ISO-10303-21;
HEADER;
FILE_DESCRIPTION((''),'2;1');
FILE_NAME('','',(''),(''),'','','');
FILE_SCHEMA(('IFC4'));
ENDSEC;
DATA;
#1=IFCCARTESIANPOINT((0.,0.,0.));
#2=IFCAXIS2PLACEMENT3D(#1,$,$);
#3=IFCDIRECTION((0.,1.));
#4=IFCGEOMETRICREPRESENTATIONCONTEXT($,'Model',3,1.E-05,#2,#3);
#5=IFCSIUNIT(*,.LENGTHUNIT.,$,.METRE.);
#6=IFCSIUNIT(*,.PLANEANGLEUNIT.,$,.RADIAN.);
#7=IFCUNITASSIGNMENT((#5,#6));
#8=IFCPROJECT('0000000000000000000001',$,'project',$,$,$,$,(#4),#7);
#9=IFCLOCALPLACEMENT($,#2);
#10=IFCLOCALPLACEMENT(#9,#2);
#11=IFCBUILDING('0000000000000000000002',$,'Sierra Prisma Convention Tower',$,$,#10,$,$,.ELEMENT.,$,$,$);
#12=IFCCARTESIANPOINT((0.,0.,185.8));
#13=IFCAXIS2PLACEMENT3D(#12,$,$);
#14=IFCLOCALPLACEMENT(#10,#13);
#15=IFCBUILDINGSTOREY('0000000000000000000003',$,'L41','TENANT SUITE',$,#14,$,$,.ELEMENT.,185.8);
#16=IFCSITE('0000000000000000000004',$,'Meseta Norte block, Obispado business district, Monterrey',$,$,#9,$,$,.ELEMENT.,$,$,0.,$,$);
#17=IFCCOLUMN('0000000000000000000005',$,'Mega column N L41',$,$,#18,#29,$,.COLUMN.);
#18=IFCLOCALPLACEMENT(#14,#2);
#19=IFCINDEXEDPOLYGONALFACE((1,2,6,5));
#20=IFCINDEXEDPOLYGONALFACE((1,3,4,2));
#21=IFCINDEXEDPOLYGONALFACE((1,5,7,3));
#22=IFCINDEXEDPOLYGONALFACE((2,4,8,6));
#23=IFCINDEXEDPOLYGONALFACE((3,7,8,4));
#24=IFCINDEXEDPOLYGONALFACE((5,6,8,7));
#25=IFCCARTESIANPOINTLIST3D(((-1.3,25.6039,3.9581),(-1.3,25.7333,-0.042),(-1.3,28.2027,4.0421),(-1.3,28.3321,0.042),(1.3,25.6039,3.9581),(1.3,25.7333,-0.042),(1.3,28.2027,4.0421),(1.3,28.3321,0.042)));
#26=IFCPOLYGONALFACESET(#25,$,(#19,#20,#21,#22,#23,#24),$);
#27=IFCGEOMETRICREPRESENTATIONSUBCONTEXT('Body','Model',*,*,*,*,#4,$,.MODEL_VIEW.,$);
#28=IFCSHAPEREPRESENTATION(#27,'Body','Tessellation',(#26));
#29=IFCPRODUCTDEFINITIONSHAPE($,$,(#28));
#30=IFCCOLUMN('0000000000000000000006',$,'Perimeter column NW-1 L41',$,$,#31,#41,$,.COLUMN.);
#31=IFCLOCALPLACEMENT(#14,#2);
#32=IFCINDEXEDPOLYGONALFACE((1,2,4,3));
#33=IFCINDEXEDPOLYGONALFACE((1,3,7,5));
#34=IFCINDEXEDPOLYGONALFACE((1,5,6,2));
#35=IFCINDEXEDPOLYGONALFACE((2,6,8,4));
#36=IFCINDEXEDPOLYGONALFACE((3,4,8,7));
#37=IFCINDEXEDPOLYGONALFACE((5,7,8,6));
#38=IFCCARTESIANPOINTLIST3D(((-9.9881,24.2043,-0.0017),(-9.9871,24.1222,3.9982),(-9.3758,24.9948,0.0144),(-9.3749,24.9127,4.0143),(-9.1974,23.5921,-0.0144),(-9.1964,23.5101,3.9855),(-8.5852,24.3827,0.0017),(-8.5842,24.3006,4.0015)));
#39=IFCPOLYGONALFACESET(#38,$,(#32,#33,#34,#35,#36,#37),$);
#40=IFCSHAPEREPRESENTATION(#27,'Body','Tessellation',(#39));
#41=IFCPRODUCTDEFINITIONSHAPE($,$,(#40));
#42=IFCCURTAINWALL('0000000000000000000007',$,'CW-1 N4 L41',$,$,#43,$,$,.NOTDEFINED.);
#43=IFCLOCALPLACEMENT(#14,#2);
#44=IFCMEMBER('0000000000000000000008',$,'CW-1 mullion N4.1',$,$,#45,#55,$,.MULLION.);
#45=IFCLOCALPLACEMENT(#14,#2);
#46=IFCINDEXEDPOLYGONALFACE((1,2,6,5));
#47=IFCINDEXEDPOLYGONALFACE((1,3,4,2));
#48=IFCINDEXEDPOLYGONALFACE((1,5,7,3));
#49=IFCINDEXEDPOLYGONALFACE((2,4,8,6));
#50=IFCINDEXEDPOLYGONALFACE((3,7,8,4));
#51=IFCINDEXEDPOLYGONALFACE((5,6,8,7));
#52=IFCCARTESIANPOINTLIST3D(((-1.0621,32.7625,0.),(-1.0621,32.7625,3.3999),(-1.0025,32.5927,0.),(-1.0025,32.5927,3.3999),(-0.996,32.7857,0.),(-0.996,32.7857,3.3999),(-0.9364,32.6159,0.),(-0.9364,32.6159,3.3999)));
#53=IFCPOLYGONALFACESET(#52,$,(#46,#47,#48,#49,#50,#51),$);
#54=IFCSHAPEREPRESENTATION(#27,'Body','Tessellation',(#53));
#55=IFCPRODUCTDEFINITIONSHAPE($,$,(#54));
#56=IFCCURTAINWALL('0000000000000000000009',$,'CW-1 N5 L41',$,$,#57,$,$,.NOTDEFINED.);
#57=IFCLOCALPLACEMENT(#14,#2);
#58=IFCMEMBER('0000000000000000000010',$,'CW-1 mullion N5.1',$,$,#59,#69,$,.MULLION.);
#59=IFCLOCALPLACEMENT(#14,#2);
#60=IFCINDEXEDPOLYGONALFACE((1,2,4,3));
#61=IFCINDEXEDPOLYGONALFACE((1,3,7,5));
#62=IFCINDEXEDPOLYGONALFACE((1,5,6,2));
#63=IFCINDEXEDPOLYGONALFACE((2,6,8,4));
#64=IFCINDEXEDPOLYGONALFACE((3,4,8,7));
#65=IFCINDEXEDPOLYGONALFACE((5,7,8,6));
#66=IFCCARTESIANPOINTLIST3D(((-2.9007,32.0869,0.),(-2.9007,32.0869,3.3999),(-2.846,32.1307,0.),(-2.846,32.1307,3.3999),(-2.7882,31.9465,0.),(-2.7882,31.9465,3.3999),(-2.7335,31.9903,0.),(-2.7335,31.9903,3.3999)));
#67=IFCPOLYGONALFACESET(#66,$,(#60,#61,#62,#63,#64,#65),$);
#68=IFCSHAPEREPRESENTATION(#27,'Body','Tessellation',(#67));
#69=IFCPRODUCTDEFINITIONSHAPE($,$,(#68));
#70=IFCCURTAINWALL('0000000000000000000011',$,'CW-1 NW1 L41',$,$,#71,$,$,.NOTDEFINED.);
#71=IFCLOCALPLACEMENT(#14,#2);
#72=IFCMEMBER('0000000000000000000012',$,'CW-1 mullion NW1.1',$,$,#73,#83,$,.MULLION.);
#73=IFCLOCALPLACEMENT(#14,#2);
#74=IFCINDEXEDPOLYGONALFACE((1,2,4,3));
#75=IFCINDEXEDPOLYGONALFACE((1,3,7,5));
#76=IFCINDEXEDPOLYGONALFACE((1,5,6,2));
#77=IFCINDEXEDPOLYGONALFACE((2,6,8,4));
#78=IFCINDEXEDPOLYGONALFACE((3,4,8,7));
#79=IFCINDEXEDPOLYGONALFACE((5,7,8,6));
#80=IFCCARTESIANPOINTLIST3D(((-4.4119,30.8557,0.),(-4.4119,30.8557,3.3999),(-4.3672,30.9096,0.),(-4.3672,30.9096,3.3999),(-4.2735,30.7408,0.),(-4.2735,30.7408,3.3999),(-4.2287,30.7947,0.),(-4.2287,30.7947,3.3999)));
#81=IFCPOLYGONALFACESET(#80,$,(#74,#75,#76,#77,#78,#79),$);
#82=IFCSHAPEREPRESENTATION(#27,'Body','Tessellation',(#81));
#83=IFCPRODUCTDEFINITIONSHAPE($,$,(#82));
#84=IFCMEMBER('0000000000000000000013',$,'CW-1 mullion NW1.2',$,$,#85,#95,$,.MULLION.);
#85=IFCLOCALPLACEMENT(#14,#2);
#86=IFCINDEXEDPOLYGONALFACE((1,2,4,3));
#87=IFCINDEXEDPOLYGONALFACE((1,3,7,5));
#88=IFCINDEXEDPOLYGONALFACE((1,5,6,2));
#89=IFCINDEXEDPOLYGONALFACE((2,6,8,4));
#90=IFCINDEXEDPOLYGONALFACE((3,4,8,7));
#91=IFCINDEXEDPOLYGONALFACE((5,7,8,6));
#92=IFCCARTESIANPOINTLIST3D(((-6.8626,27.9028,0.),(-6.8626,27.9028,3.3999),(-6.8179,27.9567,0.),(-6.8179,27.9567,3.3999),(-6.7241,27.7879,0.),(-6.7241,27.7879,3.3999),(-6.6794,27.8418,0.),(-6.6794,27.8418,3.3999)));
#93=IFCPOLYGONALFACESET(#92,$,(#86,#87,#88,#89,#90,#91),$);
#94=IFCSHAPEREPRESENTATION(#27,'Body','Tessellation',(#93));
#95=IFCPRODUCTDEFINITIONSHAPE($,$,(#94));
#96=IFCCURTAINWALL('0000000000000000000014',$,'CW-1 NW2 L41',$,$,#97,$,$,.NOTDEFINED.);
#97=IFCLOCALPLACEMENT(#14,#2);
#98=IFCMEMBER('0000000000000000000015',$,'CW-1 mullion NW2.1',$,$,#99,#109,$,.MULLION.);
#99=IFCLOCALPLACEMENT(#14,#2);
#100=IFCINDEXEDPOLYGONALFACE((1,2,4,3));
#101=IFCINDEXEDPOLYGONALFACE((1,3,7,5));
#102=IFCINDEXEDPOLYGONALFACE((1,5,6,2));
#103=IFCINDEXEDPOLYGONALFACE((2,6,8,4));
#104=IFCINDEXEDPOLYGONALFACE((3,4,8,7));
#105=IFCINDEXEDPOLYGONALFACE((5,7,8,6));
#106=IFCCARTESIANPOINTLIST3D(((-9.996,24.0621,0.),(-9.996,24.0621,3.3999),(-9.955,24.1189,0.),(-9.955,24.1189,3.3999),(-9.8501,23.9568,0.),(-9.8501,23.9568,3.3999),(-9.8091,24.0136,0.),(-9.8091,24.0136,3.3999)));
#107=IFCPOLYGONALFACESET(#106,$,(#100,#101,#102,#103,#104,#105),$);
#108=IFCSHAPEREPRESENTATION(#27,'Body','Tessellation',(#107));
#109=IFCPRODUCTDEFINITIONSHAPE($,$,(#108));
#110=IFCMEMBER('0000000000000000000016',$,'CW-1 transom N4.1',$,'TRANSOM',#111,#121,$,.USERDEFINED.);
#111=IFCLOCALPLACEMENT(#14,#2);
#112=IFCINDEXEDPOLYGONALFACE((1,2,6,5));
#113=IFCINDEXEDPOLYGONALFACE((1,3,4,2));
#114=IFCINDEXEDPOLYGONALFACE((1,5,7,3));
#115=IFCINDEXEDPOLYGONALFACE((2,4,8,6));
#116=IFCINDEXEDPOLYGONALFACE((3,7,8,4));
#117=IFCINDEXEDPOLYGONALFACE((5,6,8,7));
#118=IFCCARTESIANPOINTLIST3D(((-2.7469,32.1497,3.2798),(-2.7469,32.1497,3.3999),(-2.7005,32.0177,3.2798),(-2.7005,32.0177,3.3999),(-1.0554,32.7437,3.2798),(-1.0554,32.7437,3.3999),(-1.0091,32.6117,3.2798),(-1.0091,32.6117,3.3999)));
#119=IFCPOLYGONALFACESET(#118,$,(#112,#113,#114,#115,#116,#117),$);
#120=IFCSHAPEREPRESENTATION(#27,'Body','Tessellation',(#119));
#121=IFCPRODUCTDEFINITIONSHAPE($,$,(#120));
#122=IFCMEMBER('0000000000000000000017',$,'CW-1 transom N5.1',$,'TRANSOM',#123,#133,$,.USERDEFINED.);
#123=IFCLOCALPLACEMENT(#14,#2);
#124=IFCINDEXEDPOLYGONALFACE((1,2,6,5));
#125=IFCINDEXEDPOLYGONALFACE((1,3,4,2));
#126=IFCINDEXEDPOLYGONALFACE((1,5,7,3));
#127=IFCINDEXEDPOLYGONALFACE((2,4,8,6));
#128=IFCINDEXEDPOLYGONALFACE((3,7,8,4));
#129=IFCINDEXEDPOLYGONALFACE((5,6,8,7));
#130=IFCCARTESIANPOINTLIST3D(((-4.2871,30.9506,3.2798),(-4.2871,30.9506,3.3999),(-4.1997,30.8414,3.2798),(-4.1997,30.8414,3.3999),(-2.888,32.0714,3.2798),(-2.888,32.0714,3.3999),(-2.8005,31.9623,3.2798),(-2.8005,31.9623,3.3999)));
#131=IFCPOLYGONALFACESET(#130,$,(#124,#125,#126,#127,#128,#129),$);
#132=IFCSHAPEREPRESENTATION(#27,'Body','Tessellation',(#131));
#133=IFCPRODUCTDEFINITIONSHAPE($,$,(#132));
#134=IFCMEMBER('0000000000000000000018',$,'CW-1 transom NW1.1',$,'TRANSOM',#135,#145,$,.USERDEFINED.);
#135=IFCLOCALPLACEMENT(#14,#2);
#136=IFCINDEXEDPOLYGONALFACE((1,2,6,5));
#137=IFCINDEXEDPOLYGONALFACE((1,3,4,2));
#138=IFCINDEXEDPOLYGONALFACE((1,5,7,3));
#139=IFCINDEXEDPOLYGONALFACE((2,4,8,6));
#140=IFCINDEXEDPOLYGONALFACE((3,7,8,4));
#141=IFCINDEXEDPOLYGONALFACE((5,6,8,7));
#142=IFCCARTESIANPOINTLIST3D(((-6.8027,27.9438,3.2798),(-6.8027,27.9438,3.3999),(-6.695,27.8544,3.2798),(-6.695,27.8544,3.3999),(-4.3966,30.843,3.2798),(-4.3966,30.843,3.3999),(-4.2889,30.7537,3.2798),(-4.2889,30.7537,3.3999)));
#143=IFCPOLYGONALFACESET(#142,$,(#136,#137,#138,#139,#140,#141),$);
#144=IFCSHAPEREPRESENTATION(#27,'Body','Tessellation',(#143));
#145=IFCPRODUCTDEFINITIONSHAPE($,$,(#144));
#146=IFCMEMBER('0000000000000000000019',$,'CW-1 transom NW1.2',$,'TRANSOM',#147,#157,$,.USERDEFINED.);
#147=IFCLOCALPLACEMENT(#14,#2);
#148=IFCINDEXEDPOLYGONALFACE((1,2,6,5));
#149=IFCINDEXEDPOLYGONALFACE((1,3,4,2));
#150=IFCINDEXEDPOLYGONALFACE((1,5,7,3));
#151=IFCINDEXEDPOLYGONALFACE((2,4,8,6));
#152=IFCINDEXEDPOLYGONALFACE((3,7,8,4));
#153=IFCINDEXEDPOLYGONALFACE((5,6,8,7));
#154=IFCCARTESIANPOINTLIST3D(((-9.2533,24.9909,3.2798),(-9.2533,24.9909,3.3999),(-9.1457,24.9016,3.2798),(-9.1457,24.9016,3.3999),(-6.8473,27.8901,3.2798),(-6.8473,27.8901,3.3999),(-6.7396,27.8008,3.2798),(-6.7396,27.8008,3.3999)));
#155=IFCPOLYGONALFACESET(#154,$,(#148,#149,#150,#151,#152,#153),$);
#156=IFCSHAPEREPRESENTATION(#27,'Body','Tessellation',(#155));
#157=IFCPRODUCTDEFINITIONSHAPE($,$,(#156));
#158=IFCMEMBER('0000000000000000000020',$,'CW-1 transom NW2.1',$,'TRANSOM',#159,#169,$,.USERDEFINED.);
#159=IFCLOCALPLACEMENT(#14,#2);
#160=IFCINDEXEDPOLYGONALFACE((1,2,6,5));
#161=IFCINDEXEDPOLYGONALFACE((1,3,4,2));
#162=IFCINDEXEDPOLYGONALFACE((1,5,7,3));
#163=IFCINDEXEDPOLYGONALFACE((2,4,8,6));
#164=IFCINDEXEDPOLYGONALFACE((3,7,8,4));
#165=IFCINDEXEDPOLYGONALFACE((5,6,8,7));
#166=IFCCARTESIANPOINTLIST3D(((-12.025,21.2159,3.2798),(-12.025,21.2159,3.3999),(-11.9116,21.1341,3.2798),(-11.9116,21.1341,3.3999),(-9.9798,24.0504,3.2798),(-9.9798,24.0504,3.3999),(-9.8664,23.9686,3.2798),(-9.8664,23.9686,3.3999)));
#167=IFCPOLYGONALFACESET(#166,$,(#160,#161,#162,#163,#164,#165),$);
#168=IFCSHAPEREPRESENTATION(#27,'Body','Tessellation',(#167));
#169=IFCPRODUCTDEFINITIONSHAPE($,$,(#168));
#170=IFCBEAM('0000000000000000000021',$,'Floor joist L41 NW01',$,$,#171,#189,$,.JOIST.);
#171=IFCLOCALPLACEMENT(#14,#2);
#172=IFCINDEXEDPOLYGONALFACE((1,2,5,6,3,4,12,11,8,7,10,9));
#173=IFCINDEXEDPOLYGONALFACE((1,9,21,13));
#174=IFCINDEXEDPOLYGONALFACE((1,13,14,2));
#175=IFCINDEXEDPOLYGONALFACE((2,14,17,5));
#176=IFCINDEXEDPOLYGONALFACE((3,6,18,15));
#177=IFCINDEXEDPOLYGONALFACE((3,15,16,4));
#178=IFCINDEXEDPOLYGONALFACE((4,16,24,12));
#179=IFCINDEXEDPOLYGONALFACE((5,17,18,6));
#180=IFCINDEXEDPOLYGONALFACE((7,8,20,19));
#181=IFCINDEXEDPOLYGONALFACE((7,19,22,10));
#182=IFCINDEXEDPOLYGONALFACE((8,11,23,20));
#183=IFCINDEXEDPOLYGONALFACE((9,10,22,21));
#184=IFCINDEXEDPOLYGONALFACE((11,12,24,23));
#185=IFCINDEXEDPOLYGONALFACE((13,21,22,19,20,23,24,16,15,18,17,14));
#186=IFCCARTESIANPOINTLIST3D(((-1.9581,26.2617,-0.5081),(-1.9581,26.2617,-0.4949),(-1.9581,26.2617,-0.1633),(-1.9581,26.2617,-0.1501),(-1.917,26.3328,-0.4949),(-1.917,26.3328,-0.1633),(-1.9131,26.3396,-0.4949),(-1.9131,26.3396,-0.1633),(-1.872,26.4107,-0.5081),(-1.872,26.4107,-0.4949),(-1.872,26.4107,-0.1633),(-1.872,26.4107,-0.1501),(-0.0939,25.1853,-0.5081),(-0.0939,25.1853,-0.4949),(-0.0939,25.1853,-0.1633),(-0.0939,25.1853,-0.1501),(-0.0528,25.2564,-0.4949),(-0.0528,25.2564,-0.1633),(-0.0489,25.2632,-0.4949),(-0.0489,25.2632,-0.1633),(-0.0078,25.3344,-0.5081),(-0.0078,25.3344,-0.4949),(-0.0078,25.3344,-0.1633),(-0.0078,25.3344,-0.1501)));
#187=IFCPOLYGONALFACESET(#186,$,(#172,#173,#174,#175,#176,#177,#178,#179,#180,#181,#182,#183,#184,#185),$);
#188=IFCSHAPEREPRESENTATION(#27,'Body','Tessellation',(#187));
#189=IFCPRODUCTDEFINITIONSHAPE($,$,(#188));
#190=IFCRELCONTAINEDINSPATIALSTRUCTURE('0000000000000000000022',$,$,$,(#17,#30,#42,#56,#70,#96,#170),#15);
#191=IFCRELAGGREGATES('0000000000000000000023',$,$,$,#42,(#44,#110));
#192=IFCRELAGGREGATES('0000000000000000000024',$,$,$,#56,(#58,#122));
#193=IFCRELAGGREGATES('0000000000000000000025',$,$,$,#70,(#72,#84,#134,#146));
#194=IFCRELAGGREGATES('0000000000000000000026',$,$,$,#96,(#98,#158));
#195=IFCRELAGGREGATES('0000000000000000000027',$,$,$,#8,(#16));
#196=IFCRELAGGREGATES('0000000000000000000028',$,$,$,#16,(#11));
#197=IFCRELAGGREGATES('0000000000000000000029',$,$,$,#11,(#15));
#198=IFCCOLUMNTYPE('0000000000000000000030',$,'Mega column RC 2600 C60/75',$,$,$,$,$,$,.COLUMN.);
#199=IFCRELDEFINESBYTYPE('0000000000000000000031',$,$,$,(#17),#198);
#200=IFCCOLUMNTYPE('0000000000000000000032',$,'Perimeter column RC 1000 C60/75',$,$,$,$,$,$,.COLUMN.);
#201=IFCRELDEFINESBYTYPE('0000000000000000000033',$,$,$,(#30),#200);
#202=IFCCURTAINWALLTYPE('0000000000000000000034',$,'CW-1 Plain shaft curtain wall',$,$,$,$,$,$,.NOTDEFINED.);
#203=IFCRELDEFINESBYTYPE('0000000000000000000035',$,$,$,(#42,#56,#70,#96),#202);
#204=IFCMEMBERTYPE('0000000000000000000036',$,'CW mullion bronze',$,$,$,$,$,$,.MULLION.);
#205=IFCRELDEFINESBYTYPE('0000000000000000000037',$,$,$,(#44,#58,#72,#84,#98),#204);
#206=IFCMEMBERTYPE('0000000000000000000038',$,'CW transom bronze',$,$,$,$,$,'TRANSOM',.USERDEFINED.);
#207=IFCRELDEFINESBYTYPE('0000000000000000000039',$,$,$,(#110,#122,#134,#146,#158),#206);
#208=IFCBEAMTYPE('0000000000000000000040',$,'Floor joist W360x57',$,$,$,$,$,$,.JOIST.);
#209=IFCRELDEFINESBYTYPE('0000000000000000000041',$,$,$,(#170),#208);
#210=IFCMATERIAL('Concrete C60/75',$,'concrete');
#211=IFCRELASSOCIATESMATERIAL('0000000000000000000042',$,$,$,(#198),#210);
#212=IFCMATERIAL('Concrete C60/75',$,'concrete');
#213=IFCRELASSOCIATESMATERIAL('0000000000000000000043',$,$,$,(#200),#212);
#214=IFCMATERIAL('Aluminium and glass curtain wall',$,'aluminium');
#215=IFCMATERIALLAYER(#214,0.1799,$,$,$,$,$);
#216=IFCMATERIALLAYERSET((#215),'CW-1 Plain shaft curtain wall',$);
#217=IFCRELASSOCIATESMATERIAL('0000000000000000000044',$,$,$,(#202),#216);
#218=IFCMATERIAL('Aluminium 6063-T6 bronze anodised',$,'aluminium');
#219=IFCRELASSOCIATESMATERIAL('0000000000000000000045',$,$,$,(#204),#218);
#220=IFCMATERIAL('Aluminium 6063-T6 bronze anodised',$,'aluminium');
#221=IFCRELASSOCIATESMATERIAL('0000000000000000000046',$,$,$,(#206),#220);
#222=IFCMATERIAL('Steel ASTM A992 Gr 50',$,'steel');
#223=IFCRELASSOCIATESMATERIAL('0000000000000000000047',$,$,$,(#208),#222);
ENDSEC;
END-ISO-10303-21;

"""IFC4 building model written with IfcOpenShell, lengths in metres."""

from ifc_helpers import new_model, si_unit, direction, frame, origin, origin_2d, place, context, subcontext, project, spatial, rectangle, i_section, extrude, material, layer, layer_set, material_profile, profile_set, type_object, element, aggregate, save


model = new_model("IFC4")

# Units and contexts
model_context = context("Model", 3, precision=1e-05, world=origin(), true_north=direction((0.0, 1.0)))
body_context = subcontext(model_context, "Body", "Model", "MODEL_VIEW")
ifc_project = project(units=[si_unit("LENGTHUNIT", "METRE"), si_unit("PLANEANGLEUNIT", "RADIAN")], contexts=[model_context])

# Site, building, storey
site_placement = place(None, origin())
site = spatial("IfcSite", under=ifc_project, at=site_placement, Name="Meseta Norte block, Obispado business district, Monterrey", CompositionType="ELEMENT", RefElevation=0.0)
building_placement = place(site_placement, origin())
building = spatial("IfcBuilding", under=site, at=building_placement, Name="Sierra Prisma Convention Tower", CompositionType="ELEMENT")
storey_placement = place(building_placement, frame((0.0, 0.0, 185.8)))
storey = spatial("IfcBuildingStorey", under=building, at=storey_placement, Name="L41", Description="TENANT SUITE", CompositionType="ELEMENT", Elevation=185.8)

# Columns
ifc_material_1 = material(Name="Concrete C60/75", Category="concrete")
ifc_material_profile_1 = material_profile(ifc_material_1, rectangle(XDim=2.6001, YDim=2.6001, at=origin_2d()), Name="Mega column RC 2600 C60/75")
ifc_profile_set_1 = profile_set([ifc_material_profile_1], Name="Concrete C60/75")
column_type_1 = type_object("IfcColumnType", Name="Mega column RC 2600 C60/75", PredefinedType="COLUMN", material=ifc_profile_set_1)
column_1_placement = place(storey_placement, frame((0.0, 27.0327, 0.0), z_axis=(0.0, -0.032332, 0.999477), x_axis=(1.0, 0.0, 0.0)))
element("IfcColumn", 1, at=column_1_placement, inside=storey, type_object=column_type_1, Name="Mega column N L41", PredefinedType="COLUMN", context=body_context, shape_type="SweptSolid", body=[
    extrude(rectangle(XDim=2.6001, YDim=2.6001, at=origin_2d()), origin(), (0.0, 0.0, 1.0), 4.0022),
])
ifc_material_2 = material(Name="Concrete C60/75", Category="concrete")
ifc_material_profile_2 = material_profile(ifc_material_2, rectangle(XDim=1.0, YDim=1.0, at=origin_2d()), Name="Perimeter column RC 1000 C60/75")
ifc_profile_set_2 = profile_set([ifc_material_profile_2], Name="Concrete C60/75")
column_type_2 = type_object("IfcColumnType", Name="Perimeter column RC 1000 C60/75", PredefinedType="COLUMN", material=ifc_profile_set_2)
column_2_placement = place(storey_placement, frame((-9.2866, 24.2935, 0.0), z_axis=(0.000244, -0.020504, 0.99979), x_axis=(0.612242, 0.790507, 0.016062)))
element("IfcColumn", 2, at=column_2_placement, inside=storey, type_object=column_type_2, Name="Perimeter column NW-1 L41", PredefinedType="COLUMN", context=body_context, shape_type="SweptSolid", body=[
    extrude(rectangle(XDim=1.0, YDim=1.0, at=origin_2d()), origin(), (0.0, 0.0, 1.0), 4.0007),
])

# Curtain walls, members
ifc_material_3 = material(Name="Aluminium and glass curtain wall", Category="aluminium")
ifc_layer_1 = layer(ifc_material_3, 0.1799)
ifc_layer_set_1 = layer_set([ifc_layer_1], Name="CW-1 Plain shaft curtain wall")
curtain_wall_type = type_object("IfcCurtainWallType", Name="CW-1 Plain shaft curtain wall", PredefinedType="NOTDEFINED", material=ifc_layer_set_1)
curtain_wall_1_placement = place(storey_placement, origin())
curtain_wall_1 = element("IfcCurtainWall", 3, at=curtain_wall_1_placement, inside=storey, type_object=curtain_wall_type, Name="CW-1 N4 L41", PredefinedType="NOTDEFINED")
ifc_material_4 = material(Name="Aluminium 6063-T6 bronze anodised", Category="aluminium")
ifc_material_profile_3 = material_profile(ifc_material_4, rectangle(XDim=0.1799, YDim=0.0701, at=origin_2d()), Name="ALU MULLION 70x180")
ifc_profile_set_3 = profile_set([ifc_material_profile_3], Name="Aluminium 6063-T6 bronze anodised")
member_type_1 = type_object("IfcMemberType", Name="CW mullion bronze", PredefinedType="MULLION", material=ifc_profile_set_3)
member_1_placement = place(storey_placement, frame((-0.9993, 32.6892, 0.0), z_axis=(0.0, 0.0, 1.0), x_axis=(0.33132, -0.943518, 0.0)))
member_1 = element("IfcMember", 4, at=member_1_placement, type_object=member_type_1, Name="CW-1 mullion N4.1", PredefinedType="MULLION", context=body_context, shape_type="SweptSolid", body=[
    extrude(rectangle(XDim=0.1799, YDim=0.0701, at=origin_2d()), origin(), (0.0, 0.0, 1.0), 3.3999),
])
curtain_wall_2_placement = place(storey_placement, origin())
curtain_wall_2 = element("IfcCurtainWall", 5, at=curtain_wall_2_placement, inside=storey, type_object=curtain_wall_type, Name="CW-1 N5 L41", PredefinedType="NOTDEFINED")
member_2_placement = place(storey_placement, frame((-2.8171, 32.0386, 0.0), z_axis=(0.0, 0.0, 1.0), x_axis=(0.625214, -0.780454, 0.0)))
member_2 = element("IfcMember", 6, at=member_2_placement, type_object=member_type_1, Name="CW-1 mullion N5.1", PredefinedType="MULLION", context=body_context, shape_type="SweptSolid", body=[
    extrude(rectangle(XDim=0.1799, YDim=0.0701, at=origin_2d()), origin(), (0.0, 0.0, 1.0), 3.3999),
])

# Curtain wall, members
curtain_wall_3_placement = place(storey_placement, origin())
curtain_wall_3 = element("IfcCurtainWall", 7, at=curtain_wall_3_placement, inside=storey, type_object=curtain_wall_type, Name="CW-1 NW1 L41", PredefinedType="NOTDEFINED")
member_3_placement = place(storey_placement, frame((-4.3203, 30.8252, 0.0), z_axis=(0.0, 0.0, 1.0), x_axis=(0.769514, -0.63863, 0.0)))
member_3 = element("IfcMember", 8, at=member_3_placement, type_object=member_type_1, Name="CW-1 mullion NW1.1", PredefinedType="MULLION", context=body_context, shape_type="SweptSolid", body=[
    extrude(rectangle(XDim=0.1799, YDim=0.0701, at=origin_2d()), origin(), (0.0, 0.0, 1.0), 3.3999),
])
member_4_placement = place(storey_placement, frame((-6.771, 27.8723, 0.0), z_axis=(0.0, 0.0, 1.0), x_axis=(0.769514, -0.63863, 0.0)))
member_4 = element("IfcMember", 9, at=member_4_placement, type_object=member_type_1, Name="CW-1 mullion NW1.2", PredefinedType="MULLION", context=body_context, shape_type="SweptSolid", body=[
    extrude(rectangle(XDim=0.1799, YDim=0.0701, at=origin_2d()), origin(), (0.0, 0.0, 1.0), 3.3999),
])

# Curtain wall, member
curtain_wall_4_placement = place(storey_placement, origin())
curtain_wall_4 = element("IfcCurtainWall", 10, at=curtain_wall_4_placement, inside=storey, type_object=curtain_wall_type, Name="CW-1 NW2 L41", PredefinedType="NOTDEFINED")
member_5_placement = place(storey_placement, frame((-9.9026, 24.0378, 0.0), z_axis=(0.0, 0.0, 1.0), x_axis=(0.810923, -0.585154, 0.0)))
member_5 = element("IfcMember", 11, at=member_5_placement, type_object=member_type_1, Name="CW-1 mullion NW2.1", PredefinedType="MULLION", context=body_context, shape_type="SweptSolid", body=[
    extrude(rectangle(XDim=0.1799, YDim=0.0701, at=origin_2d()), origin(), (0.0, 0.0, 1.0), 3.3999),
])

# Members
ifc_material_5 = material(Name="Aluminium 6063-T6 bronze anodised", Category="aluminium")
ifc_material_profile_4 = material_profile(ifc_material_5, rectangle(XDim=0.1399, YDim=0.1201, at=origin_2d()), Name="ALU TRANSOM 120x140")
ifc_profile_set_4 = profile_set([ifc_material_profile_4], Name="Aluminium 6063-T6 bronze anodised")
member_type_2 = type_object("IfcMemberType", Name="CW transom bronze", ElementType="TRANSOM", PredefinedType="USERDEFINED", material=ifc_profile_set_4)
member_6_placement = place(storey_placement, frame((-1.0322, 32.6777, 3.3398), z_axis=(-0.94351, -0.331345, 0.0), x_axis=(0.331345, -0.94351, 0.0)))
member_6 = element("IfcMember", 12, at=member_6_placement, type_object=member_type_2, Name="CW-1 transom N4.1", ObjectType="TRANSOM", PredefinedType="USERDEFINED", context=body_context, shape_type="SweptSolid", body=[
    extrude(rectangle(XDim=0.1399, YDim=0.1201, at=origin_2d()), origin(), (0.0, 0.0, 1.0), 1.7927),
])
member_7_placement = place(storey_placement, frame((-2.8442, 32.0168, 3.3398), z_axis=(-0.780457, -0.62521, 0.0), x_axis=(0.62521, -0.780457, 0.0)))
member_7 = element("IfcMember", 13, at=member_7_placement, type_object=member_type_2, Name="CW-1 transom N5.1", ObjectType="TRANSOM", PredefinedType="USERDEFINED", context=body_context, shape_type="SweptSolid", body=[
    extrude(rectangle(XDim=0.1399, YDim=0.1201, at=origin_2d()), origin(), (0.0, 0.0, 1.0), 1.7927),
])
member_8_placement = place(storey_placement, frame((-4.3428, 30.7983, 3.3398), z_axis=(-0.638621, -0.769521, 0.0), x_axis=(0.769521, -0.638621, 0.0)))
member_8 = element("IfcMember", 14, at=member_8_placement, type_object=member_type_2, Name="CW-1 transom NW1.1", ObjectType="TRANSOM", PredefinedType="USERDEFINED", context=body_context, shape_type="SweptSolid", body=[
    extrude(rectangle(XDim=0.1399, YDim=0.1201, at=origin_2d()), origin(), (0.0, 0.0, 1.0), 3.7676),
])
member_9_placement = place(storey_placement, frame((-6.7935, 27.8455, 3.3398), z_axis=(-0.638621, -0.769521, 0.0), x_axis=(0.769521, -0.638621, 0.0)))
member_9 = element("IfcMember", 15, at=member_9_placement, type_object=member_type_2, Name="CW-1 transom NW1.2", ObjectType="TRANSOM", PredefinedType="USERDEFINED", context=body_context, shape_type="SweptSolid", body=[
    extrude(rectangle(XDim=0.1399, YDim=0.1201, at=origin_2d()), origin(), (0.0, 0.0, 1.0), 3.7676),
])
member_10_placement = place(storey_placement, frame((-9.9231, 24.0095, 3.3398), z_axis=(-0.585123, -0.810944, 0.0), x_axis=(0.810944, -0.585123, 0.0)))
member_10 = element("IfcMember", 16, at=member_10_placement, type_object=member_type_2, Name="CW-1 transom NW2.1", ObjectType="TRANSOM", PredefinedType="USERDEFINED", context=body_context, shape_type="SweptSolid", body=[
    extrude(rectangle(XDim=0.1399, YDim=0.1201, at=origin_2d()), origin(), (0.0, 0.0, 1.0), 3.4954),
])

# Beam
ifc_material_6 = material(Name="Steel ASTM A992 Gr 50", Category="steel")
ifc_material_profile_5 = material_profile(ifc_material_6, i_section(OverallWidth=0.1721, OverallDepth=0.3579, WebThickness=0.0078, FlangeThickness=0.0132, at=origin_2d()), Name="W360x57")
ifc_profile_set_5 = profile_set([ifc_material_profile_5], Name="Steel ASTM A992 Gr 50")
beam_type_1 = type_object("IfcBeamType", Name="Floor joist W360x57", PredefinedType="JOIST", material=ifc_profile_set_5)
beam_1_placement = place(storey_placement, frame((-1.915, 26.3362, -0.3291), z_axis=(0.866008, -0.50003, 0.0), x_axis=(0.50003, 0.866008, 0.0)))
element("IfcBeam", 17, at=beam_1_placement, inside=storey, type_object=beam_type_1, Name="Floor joist L41 NW01", PredefinedType="JOIST", context=body_context, shape_type="SweptSolid", body=[
    extrude(i_section(OverallWidth=0.1721, OverallDepth=0.3579, WebThickness=0.0078, FlangeThickness=0.0132, at=origin_2d()), origin(), (0.0, 0.0, 1.0), 2.1526),
])

aggregate(curtain_wall_1, [member_1, member_6])
aggregate(curtain_wall_2, [member_2, member_7])
aggregate(curtain_wall_3, [member_3, member_4, member_8, member_9])
aggregate(curtain_wall_4, [member_5, member_10])

save(model, "model.ifc")
